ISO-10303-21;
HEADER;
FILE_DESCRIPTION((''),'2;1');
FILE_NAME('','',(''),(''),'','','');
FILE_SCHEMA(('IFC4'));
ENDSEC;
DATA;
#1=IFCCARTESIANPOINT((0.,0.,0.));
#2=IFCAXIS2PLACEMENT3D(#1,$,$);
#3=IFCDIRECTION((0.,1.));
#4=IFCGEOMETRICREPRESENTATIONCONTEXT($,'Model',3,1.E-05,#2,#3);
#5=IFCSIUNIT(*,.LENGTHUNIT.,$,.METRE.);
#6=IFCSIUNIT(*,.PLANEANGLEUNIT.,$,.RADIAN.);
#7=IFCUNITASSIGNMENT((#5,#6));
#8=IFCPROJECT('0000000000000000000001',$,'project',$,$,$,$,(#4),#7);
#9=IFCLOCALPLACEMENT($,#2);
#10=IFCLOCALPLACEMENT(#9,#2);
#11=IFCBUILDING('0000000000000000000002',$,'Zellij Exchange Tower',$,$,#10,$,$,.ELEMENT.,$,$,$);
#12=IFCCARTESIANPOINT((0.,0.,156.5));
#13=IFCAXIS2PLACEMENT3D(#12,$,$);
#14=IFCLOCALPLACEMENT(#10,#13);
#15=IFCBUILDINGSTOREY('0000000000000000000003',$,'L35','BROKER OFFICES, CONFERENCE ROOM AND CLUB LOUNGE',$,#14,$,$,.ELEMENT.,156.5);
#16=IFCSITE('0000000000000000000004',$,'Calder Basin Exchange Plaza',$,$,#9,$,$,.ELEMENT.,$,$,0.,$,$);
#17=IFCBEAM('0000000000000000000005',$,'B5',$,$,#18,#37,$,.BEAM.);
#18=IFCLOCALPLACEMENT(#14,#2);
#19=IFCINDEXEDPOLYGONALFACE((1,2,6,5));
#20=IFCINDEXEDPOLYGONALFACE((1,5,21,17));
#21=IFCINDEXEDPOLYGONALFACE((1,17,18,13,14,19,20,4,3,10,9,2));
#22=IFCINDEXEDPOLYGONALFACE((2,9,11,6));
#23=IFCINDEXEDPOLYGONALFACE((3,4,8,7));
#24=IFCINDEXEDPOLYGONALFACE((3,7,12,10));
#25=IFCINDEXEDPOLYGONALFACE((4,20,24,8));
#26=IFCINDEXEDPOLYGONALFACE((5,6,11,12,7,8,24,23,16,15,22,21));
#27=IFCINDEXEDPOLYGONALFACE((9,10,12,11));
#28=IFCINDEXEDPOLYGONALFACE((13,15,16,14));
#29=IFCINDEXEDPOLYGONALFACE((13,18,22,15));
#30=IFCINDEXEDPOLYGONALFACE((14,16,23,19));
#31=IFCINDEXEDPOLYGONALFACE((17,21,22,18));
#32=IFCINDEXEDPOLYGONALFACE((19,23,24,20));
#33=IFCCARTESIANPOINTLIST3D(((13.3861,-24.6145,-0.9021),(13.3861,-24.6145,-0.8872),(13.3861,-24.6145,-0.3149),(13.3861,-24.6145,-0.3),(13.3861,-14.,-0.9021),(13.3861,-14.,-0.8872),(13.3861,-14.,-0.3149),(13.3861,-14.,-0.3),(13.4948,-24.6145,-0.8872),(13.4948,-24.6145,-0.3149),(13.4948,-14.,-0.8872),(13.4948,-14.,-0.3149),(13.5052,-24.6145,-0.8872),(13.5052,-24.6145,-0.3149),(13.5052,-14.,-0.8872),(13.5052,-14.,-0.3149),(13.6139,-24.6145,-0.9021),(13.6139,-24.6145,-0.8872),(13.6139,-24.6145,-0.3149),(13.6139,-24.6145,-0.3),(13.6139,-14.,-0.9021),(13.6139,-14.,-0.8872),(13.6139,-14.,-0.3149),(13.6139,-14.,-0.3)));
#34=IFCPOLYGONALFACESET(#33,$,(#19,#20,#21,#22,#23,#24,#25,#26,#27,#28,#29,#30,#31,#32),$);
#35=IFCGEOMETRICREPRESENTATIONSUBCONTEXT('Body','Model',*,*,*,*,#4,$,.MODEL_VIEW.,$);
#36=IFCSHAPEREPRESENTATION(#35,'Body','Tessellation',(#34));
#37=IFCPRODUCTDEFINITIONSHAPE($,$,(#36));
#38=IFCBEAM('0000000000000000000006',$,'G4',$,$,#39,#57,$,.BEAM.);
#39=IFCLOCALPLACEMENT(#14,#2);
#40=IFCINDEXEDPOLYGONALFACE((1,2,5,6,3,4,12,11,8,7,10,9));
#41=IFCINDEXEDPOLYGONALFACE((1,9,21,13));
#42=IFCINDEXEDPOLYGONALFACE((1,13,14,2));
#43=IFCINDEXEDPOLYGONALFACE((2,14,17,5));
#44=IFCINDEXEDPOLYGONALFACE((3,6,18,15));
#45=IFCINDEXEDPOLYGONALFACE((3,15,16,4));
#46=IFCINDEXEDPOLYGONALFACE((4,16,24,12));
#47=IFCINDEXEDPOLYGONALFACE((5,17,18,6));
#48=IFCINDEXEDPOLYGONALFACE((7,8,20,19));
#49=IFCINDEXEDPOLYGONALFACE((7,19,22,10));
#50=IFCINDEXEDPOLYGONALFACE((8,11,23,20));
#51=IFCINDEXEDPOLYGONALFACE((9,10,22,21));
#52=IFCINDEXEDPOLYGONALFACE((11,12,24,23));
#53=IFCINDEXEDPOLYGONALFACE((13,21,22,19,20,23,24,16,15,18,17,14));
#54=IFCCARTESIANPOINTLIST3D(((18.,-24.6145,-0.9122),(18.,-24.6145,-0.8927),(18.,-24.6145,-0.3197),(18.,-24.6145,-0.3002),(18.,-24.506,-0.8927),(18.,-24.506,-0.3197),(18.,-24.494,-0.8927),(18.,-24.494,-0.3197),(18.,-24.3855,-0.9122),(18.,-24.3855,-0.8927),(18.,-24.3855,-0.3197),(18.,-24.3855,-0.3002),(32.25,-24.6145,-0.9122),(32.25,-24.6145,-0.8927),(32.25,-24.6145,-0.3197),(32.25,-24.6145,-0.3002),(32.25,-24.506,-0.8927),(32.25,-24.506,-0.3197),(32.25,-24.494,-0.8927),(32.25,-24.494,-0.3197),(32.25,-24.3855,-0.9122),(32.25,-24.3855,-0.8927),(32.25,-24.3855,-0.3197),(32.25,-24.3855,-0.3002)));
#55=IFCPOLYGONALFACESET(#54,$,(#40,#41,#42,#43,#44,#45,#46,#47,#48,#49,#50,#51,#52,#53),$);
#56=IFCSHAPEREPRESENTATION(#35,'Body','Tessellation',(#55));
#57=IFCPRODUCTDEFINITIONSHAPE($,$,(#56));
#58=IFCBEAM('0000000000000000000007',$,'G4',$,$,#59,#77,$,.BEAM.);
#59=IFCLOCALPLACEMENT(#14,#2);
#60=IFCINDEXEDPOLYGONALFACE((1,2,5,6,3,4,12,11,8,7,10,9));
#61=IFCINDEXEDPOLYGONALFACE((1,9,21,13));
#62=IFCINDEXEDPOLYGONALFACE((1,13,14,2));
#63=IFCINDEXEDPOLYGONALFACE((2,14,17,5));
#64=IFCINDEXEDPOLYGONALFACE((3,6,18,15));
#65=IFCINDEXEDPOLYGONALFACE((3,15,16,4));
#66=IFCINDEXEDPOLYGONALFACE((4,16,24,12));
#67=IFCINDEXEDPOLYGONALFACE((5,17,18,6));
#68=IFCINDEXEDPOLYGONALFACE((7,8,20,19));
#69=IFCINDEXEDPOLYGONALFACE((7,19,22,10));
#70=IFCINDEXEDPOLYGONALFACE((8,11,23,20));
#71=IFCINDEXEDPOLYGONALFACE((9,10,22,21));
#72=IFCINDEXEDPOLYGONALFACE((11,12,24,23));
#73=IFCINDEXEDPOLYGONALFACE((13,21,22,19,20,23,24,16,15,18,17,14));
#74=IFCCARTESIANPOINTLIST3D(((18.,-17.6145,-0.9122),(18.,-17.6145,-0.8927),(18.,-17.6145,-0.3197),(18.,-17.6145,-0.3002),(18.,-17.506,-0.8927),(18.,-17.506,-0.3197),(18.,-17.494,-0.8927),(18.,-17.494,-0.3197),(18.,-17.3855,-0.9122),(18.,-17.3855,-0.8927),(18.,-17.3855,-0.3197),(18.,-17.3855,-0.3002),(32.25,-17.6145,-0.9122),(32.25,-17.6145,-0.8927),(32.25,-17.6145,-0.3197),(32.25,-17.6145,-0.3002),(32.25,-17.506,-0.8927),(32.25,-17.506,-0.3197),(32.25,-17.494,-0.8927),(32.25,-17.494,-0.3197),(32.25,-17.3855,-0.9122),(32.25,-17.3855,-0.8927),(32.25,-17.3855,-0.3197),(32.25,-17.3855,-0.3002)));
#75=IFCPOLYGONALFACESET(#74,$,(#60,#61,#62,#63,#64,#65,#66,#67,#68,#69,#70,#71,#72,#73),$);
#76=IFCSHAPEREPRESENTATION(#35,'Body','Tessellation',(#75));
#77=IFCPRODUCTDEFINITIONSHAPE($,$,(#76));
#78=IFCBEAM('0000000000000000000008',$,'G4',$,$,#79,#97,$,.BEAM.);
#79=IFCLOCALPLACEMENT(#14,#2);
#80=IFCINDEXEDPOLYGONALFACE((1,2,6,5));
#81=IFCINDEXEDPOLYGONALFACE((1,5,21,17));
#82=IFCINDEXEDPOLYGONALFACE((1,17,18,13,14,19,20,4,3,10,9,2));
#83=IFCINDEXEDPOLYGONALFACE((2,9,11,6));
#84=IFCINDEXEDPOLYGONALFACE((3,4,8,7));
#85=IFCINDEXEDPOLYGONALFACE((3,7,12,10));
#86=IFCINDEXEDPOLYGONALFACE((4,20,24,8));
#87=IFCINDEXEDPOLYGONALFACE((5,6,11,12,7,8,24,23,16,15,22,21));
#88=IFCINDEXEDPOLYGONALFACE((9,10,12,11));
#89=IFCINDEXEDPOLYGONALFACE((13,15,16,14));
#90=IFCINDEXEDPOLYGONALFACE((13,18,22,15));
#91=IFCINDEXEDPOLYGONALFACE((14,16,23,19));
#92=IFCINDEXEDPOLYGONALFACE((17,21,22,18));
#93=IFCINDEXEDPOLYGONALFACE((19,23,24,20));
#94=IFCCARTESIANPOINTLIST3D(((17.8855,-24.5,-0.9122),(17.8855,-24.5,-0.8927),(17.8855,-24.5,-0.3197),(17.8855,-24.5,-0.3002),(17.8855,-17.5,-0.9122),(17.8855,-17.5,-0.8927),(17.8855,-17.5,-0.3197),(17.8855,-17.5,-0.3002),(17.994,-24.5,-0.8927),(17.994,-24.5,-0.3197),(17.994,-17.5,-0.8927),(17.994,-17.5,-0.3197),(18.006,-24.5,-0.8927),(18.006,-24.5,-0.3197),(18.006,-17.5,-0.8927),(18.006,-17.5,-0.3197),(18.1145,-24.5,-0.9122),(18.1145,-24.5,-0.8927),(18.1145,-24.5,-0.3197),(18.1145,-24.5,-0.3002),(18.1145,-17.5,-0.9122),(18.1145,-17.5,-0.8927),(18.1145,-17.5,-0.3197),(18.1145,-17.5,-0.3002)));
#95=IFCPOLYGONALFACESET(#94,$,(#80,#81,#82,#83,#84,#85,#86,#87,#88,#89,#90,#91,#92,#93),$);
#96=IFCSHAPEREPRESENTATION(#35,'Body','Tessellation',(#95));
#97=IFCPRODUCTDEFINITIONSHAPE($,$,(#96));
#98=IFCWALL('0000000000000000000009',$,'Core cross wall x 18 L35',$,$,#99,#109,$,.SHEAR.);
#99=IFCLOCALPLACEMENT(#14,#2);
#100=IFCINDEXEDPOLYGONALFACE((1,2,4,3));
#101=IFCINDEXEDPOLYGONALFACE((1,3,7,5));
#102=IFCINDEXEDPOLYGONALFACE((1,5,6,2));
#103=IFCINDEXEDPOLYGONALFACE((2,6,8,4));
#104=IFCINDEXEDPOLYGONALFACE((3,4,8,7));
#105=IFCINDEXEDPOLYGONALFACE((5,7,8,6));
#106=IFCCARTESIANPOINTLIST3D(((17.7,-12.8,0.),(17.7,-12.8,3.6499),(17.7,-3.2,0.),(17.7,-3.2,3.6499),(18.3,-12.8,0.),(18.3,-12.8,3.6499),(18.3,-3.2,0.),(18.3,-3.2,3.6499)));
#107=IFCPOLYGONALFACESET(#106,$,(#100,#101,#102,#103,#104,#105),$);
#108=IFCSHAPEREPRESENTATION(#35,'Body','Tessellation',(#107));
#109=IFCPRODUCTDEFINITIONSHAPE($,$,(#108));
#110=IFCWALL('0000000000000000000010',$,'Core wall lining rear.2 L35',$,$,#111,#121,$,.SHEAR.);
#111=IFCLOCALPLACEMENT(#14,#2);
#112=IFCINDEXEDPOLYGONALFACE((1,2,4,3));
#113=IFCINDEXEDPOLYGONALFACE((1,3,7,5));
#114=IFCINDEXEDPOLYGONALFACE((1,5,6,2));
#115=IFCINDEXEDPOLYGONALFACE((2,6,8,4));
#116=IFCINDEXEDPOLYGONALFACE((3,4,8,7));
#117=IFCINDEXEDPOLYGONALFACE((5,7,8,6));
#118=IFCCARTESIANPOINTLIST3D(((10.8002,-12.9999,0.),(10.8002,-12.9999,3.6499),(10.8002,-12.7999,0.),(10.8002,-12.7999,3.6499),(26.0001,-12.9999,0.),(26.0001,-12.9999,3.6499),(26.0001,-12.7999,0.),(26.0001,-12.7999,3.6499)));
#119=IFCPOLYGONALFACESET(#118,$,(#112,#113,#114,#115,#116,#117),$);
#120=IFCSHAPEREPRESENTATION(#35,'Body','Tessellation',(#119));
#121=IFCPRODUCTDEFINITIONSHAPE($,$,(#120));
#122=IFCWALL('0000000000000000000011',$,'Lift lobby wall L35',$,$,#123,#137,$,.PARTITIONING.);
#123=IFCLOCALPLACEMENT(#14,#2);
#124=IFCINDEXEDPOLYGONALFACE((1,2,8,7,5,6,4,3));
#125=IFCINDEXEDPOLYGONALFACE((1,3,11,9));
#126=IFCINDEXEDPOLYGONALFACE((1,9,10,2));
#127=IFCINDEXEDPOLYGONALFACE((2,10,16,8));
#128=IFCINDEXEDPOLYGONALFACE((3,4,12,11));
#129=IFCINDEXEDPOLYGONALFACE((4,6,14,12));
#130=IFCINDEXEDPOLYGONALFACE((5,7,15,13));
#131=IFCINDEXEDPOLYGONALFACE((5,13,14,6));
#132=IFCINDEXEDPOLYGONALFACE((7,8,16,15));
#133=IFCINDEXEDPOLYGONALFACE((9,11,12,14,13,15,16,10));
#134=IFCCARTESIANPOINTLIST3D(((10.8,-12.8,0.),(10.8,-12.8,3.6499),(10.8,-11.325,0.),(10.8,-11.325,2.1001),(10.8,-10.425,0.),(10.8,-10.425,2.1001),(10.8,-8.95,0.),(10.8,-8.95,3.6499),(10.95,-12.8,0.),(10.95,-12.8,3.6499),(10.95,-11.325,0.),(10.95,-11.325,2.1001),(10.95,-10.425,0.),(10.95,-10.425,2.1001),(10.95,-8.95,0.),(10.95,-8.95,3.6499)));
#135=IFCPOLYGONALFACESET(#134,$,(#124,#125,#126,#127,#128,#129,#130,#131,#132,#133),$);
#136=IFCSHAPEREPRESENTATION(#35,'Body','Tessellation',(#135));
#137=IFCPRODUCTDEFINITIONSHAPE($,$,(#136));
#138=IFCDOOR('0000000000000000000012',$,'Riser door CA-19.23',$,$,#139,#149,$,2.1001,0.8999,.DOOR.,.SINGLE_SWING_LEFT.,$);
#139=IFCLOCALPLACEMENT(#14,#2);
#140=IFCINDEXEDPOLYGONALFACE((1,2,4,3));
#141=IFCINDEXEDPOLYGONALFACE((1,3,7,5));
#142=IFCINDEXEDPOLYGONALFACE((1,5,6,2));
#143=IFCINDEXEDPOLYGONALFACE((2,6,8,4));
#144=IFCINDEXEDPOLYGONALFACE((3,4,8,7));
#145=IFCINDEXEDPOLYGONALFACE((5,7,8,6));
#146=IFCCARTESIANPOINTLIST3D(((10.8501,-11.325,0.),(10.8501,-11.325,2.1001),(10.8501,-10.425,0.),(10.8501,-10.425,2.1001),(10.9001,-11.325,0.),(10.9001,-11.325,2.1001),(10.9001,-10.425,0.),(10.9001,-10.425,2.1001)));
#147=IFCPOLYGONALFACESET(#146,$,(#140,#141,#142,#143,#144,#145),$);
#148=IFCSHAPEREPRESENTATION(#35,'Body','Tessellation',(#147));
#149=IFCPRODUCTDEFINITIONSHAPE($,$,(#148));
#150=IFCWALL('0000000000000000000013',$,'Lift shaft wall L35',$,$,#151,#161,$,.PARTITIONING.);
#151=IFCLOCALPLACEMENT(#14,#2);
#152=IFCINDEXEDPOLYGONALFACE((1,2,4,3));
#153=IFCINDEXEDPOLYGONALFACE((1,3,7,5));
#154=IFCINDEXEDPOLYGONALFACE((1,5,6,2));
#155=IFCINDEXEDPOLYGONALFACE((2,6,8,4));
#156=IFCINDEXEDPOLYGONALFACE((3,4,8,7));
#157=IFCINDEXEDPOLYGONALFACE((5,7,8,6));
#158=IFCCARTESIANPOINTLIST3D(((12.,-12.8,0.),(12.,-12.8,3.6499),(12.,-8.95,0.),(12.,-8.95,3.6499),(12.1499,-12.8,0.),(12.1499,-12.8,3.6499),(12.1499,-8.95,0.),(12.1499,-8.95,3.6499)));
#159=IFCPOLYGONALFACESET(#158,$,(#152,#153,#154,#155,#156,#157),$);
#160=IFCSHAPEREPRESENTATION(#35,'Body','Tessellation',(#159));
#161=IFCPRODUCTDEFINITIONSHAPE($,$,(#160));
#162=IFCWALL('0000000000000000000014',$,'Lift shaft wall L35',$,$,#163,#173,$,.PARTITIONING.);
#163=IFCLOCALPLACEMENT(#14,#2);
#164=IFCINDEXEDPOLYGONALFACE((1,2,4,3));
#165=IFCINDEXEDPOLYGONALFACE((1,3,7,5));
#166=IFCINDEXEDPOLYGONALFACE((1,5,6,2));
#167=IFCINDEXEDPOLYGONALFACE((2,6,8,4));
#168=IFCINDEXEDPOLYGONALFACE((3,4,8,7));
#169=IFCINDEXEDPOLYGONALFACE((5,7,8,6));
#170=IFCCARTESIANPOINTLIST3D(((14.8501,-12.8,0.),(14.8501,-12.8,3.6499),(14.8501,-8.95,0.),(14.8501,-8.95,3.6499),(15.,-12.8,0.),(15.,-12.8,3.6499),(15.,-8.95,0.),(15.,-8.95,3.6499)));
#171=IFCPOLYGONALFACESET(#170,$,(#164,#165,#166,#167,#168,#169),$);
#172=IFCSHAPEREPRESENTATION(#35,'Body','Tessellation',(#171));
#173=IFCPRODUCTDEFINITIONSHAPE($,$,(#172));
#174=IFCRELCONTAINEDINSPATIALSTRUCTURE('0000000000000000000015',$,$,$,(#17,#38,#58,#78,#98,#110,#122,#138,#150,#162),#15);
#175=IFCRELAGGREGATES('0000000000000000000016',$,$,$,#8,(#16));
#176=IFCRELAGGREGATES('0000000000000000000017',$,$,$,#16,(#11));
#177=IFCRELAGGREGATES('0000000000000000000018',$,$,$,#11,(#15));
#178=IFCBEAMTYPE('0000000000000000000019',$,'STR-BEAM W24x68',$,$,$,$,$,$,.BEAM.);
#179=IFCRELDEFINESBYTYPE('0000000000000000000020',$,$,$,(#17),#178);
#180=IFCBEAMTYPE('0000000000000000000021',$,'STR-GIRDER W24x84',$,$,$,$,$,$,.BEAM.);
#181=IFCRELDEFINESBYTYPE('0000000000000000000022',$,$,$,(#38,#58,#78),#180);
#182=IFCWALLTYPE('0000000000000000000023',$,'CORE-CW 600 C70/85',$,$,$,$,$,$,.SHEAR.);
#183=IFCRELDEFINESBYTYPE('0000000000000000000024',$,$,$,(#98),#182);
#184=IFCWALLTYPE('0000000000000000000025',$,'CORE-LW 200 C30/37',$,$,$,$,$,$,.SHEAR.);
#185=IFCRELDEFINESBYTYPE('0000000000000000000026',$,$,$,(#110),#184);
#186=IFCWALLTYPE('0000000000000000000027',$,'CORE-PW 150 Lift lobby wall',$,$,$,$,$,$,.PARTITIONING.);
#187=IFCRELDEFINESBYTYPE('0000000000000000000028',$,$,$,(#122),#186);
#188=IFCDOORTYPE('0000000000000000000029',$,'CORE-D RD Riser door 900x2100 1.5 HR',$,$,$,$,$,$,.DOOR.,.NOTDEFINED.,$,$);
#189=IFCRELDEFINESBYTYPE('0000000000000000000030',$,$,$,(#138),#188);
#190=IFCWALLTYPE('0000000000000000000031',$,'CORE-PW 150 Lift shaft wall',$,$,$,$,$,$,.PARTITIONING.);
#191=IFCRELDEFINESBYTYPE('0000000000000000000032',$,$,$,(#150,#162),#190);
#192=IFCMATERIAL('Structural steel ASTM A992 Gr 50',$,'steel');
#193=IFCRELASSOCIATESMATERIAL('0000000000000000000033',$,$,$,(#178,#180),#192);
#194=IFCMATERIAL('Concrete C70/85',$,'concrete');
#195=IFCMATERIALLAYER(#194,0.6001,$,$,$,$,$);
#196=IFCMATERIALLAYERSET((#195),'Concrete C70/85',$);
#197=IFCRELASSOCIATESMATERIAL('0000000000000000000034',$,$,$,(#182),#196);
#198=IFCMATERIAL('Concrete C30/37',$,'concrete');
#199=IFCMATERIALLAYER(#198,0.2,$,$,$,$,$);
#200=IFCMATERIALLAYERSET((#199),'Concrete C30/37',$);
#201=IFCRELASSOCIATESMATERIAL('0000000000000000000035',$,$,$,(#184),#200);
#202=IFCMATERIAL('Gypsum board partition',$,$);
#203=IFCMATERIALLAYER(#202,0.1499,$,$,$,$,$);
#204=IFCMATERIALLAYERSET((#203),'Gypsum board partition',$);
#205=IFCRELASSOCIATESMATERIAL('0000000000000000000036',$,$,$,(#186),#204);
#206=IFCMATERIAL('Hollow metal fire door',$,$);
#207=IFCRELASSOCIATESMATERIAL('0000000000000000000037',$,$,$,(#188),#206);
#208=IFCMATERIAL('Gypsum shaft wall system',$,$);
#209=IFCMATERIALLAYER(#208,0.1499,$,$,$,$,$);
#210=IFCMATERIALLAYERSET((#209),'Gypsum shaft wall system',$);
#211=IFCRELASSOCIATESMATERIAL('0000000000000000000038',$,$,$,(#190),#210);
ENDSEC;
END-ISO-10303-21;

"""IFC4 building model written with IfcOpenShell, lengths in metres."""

from ifc_helpers import new_model, si_unit, direction, frame, frame_2d, origin, origin_2d, place, context, subcontext, project, spatial, rectangle, i_section, extrude, material, layer, layer_set, material_profile, profile_set, type_object, element, fill, save


model = new_model("IFC4")

# Units and contexts
model_context = context("Model", 3, precision=1e-05, world=origin(), true_north=direction((0.0, 1.0)))
body_context = subcontext(model_context, "Body", "Model", "MODEL_VIEW")
ifc_project = project(units=[si_unit("LENGTHUNIT", "METRE"), si_unit("PLANEANGLEUNIT", "RADIAN")], contexts=[model_context])

# Site, building, storey
site_placement = place(None, origin())
site = spatial("IfcSite", under=ifc_project, at=site_placement, Name="Calder Basin Exchange Plaza", CompositionType="ELEMENT", RefElevation=0.0)
building_placement = place(site_placement, origin())
building = spatial("IfcBuilding", under=site, at=building_placement, Name="Zellij Exchange Tower", CompositionType="ELEMENT")
storey_placement = place(building_placement, frame((0.0, 0.0, 156.5)))
storey = spatial("IfcBuildingStorey", under=building, at=storey_placement, Name="L35", Description="BROKER OFFICES, CONFERENCE ROOM AND CLUB LOUNGE", CompositionType="ELEMENT", Elevation=156.5)

# Beams
ifc_material_1 = material(Name="Structural steel ASTM A992 Gr 50", Category="steel")
ifc_material_profile_1 = material_profile(ifc_material_1, i_section(OverallWidth=0.2278, OverallDepth=0.6021, WebThickness=0.0105, FlangeThickness=0.0149, at=origin_2d()), Name="W24x68")
ifc_profile_set_1 = profile_set([ifc_material_profile_1], Name="Structural steel ASTM A992 Gr 50")
beam_type_1 = type_object("IfcBeamType", Name="STR-BEAM W24x68", PredefinedType="BEAM", material=ifc_profile_set_1)
beam_1_placement = place(storey_placement, frame((13.5, -24.6145, -0.6011), z_axis=(0.0, 1.0, 0.0), x_axis=(-1.0, 0.0, 0.0)))
element("IfcBeam", 1, at=beam_1_placement, inside=storey, type_object=beam_type_1, Name="B5", PredefinedType="BEAM", context=body_context, shape_type="SweptSolid", body=[
    extrude(i_section(OverallWidth=0.2278, OverallDepth=0.6021, WebThickness=0.0105, FlangeThickness=0.0149, at=origin_2d()), origin(), (0.0, 0.0, 1.0), 10.6145),
])
ifc_material_profile_2 = material_profile(ifc_material_1, i_section(OverallWidth=0.229, OverallDepth=0.6121, WebThickness=0.012, FlangeThickness=0.0195, at=origin_2d()), Name="W24x84")
ifc_profile_set_2 = profile_set([ifc_material_profile_2], Name="Structural steel ASTM A992 Gr 50")
beam_type_2 = type_object("IfcBeamType", Name="STR-GIRDER W24x84", PredefinedType="BEAM", material=ifc_profile_set_2)
for number, where, z_axis, x_axis, name in (
    (2, (18.0, -24.5, -0.6062), (1.0, 0.0, 0.0), (0.0, 1.0, 0.0), "G4"),
    (3, (18.0, -17.5, -0.6062), (1.0, 0.0, 0.0), (0.0, 1.0, 0.0), "G4"),
):
    element("IfcBeam", number, at=place(storey_placement, frame(where, z_axis=z_axis, x_axis=x_axis)), inside=storey, type_object=beam_type_2, Name=name, PredefinedType="BEAM", context=body_context, shape_type="SweptSolid", body=[
        extrude(i_section(OverallWidth=0.229, OverallDepth=0.6121, WebThickness=0.012, FlangeThickness=0.0195, at=origin_2d()), origin(), (0.0, 0.0, 1.0), 14.25),
    ])
beam_2_placement = place(storey_placement, frame((18.0, -24.5, -0.6062), z_axis=(0.0, 1.0, 0.0), x_axis=(-1.0, 0.0, 0.0)))
element("IfcBeam", 4, at=beam_2_placement, inside=storey, type_object=beam_type_2, Name="G4", PredefinedType="BEAM", context=body_context, shape_type="SweptSolid", body=[
    extrude(i_section(OverallWidth=0.229, OverallDepth=0.6121, WebThickness=0.012, FlangeThickness=0.0195, at=origin_2d()), origin(), (0.0, 0.0, 1.0), 7.0),
])

# Walls
ifc_material_2 = material(Name="Concrete C70/85", Category="concrete")
ifc_layer_1 = layer(ifc_material_2, 0.6001)
ifc_layer_set_1 = layer_set([ifc_layer_1], Name="Concrete C70/85")
wall_type_1 = type_object("IfcWallType", Name="CORE-CW 600 C70/85", PredefinedType="SHEAR", material=ifc_layer_set_1)
wall_1_placement = place(storey_placement, frame((18.0, -12.8, 0.0), z_axis=(0.0, 0.0, 1.0), x_axis=(0.0, 1.0, 0.0)))
element("IfcWall", 5, at=wall_1_placement, inside=storey, type_object=wall_type_1, Name="Core cross wall x 18 L35", PredefinedType="SHEAR", context=body_context, shape_type="SweptSolid", body=[
    extrude(rectangle(XDim=9.6001, YDim=0.6001, at=frame_2d((4.8, 0.0))), origin(), (0.0, 0.0, 1.0), 3.6499),
])
ifc_material_3 = material(Name="Concrete C30/37", Category="concrete")
ifc_layer_2 = layer(ifc_material_3, 0.2)
ifc_layer_set_2 = layer_set([ifc_layer_2], Name="Concrete C30/37")
wall_type_2 = type_object("IfcWallType", Name="CORE-LW 200 C30/37", PredefinedType="SHEAR", material=ifc_layer_set_2)
wall_2_placement = place(storey_placement, frame((10.8, -12.8999, 0.0), z_axis=(0.0, 0.0, 1.0), x_axis=(1.0, 0.0, 0.0)))
element("IfcWall", 6, at=wall_2_placement, inside=storey, type_object=wall_type_2, Name="Core wall lining rear.2 L35", PredefinedType="SHEAR", context=body_context, shape_type="SweptSolid", body=[
    extrude(rectangle(XDim=15.2, YDim=0.2, at=frame_2d((7.6001, 0.0))), origin(), (0.0, 0.0, 1.0), 3.6499),
])

# Wall, opening, door
ifc_material_4 = material(Name="Gypsum board partition")
ifc_layer_3 = layer(ifc_material_4, 0.1499)
ifc_layer_set_3 = layer_set([ifc_layer_3], Name="Gypsum board partition")
wall_type_3 = type_object("IfcWallType", Name="CORE-PW 150 Lift lobby wall", PredefinedType="PARTITIONING", material=ifc_layer_set_3)
wall_3_placement = place(storey_placement, frame((10.875, -12.8, 0.0), z_axis=(0.0, 0.0, 1.0), x_axis=(0.0, 1.0, 0.0)))
wall_3 = element("IfcWall", 7, at=wall_3_placement, inside=storey, type_object=wall_type_3, Name="Lift lobby wall L35", PredefinedType="PARTITIONING", context=body_context, shape_type="SweptSolid", body=[
    extrude(rectangle(XDim=3.8501, YDim=0.1499, at=frame_2d((1.925, 0.0))), origin(), (0.0, 0.0, 1.0), 3.6499),
])
opening_1_placement = place(wall_3_placement, frame((1.4751, 0.0, 0.0)))
opening_1 = element("IfcOpeningElement", 8, at=opening_1_placement, cuts=wall_3, PredefinedType="OPENING", context=body_context, shape_type="SweptSolid", body=[
    extrude(rectangle(XDim=0.8999, YDim=2.1001, at=frame_2d((0.45, 1.05))), frame((0.0, 0.0869, 0.0), z_axis=(0.0, -1.0, 0.0), x_axis=(1.0, 0.0, 0.0)), (0.0, 0.0, 1.0), 0.1738),
])
ifc_material_5 = material(Name="Hollow metal fire door")
door_type_1 = type_object("IfcDoorType", Name="CORE-D RD Riser door 900x2100 1.5 HR", OperationType="NOTDEFINED", PredefinedType="DOOR", material=ifc_material_5)
door_1_placement = place(opening_1_placement, origin())
door_1 = element("IfcDoor", 9, at=door_1_placement, inside=storey, type_object=door_type_1, Name="Riser door CA-19.23", OperationType="SINGLE_SWING_LEFT", OverallHeight=2.1001, OverallWidth=0.8999, PredefinedType="DOOR", context=body_context, shape_type="SweptSolid", body=[
    extrude(rectangle(XDim=0.8999, YDim=2.1001, at=frame_2d((0.45, 1.05))), frame((0.0, 0.0249, 0.0), z_axis=(0.0, -1.0, 0.0), x_axis=(1.0, 0.0, 0.0)), (0.0, 0.0, 1.0), 0.05),
])
fill(opening_1, door_1)

# Walls
ifc_material_6 = material(Name="Gypsum shaft wall system")
ifc_layer_4 = layer(ifc_material_6, 0.1499)
ifc_layer_set_4 = layer_set([ifc_layer_4], Name="Gypsum shaft wall system")
wall_type_4 = type_object("IfcWallType", Name="CORE-PW 150 Lift shaft wall", PredefinedType="PARTITIONING", material=ifc_layer_set_4)
for number, where, z_axis, x_axis, name in (
    (10, (12.075, -12.8, 0.0), (0.0, 0.0, 1.0), (0.0, 1.0, 0.0), "Lift shaft wall L35"),
    (11, (14.925, -12.8, 0.0), (0.0, 0.0, 1.0), (0.0, 1.0, 0.0), "Lift shaft wall L35"),
):
    element("IfcWall", number, at=place(storey_placement, frame(where, z_axis=z_axis, x_axis=x_axis)), inside=storey, type_object=wall_type_4, Name=name, PredefinedType="PARTITIONING", context=body_context, shape_type="SweptSolid", body=[
        extrude(rectangle(XDim=3.8501, YDim=0.1499, at=frame_2d((1.925, 0.0))), origin(), (0.0, 0.0, 1.0), 3.6499),
    ])

save(model, "model.ifc")
